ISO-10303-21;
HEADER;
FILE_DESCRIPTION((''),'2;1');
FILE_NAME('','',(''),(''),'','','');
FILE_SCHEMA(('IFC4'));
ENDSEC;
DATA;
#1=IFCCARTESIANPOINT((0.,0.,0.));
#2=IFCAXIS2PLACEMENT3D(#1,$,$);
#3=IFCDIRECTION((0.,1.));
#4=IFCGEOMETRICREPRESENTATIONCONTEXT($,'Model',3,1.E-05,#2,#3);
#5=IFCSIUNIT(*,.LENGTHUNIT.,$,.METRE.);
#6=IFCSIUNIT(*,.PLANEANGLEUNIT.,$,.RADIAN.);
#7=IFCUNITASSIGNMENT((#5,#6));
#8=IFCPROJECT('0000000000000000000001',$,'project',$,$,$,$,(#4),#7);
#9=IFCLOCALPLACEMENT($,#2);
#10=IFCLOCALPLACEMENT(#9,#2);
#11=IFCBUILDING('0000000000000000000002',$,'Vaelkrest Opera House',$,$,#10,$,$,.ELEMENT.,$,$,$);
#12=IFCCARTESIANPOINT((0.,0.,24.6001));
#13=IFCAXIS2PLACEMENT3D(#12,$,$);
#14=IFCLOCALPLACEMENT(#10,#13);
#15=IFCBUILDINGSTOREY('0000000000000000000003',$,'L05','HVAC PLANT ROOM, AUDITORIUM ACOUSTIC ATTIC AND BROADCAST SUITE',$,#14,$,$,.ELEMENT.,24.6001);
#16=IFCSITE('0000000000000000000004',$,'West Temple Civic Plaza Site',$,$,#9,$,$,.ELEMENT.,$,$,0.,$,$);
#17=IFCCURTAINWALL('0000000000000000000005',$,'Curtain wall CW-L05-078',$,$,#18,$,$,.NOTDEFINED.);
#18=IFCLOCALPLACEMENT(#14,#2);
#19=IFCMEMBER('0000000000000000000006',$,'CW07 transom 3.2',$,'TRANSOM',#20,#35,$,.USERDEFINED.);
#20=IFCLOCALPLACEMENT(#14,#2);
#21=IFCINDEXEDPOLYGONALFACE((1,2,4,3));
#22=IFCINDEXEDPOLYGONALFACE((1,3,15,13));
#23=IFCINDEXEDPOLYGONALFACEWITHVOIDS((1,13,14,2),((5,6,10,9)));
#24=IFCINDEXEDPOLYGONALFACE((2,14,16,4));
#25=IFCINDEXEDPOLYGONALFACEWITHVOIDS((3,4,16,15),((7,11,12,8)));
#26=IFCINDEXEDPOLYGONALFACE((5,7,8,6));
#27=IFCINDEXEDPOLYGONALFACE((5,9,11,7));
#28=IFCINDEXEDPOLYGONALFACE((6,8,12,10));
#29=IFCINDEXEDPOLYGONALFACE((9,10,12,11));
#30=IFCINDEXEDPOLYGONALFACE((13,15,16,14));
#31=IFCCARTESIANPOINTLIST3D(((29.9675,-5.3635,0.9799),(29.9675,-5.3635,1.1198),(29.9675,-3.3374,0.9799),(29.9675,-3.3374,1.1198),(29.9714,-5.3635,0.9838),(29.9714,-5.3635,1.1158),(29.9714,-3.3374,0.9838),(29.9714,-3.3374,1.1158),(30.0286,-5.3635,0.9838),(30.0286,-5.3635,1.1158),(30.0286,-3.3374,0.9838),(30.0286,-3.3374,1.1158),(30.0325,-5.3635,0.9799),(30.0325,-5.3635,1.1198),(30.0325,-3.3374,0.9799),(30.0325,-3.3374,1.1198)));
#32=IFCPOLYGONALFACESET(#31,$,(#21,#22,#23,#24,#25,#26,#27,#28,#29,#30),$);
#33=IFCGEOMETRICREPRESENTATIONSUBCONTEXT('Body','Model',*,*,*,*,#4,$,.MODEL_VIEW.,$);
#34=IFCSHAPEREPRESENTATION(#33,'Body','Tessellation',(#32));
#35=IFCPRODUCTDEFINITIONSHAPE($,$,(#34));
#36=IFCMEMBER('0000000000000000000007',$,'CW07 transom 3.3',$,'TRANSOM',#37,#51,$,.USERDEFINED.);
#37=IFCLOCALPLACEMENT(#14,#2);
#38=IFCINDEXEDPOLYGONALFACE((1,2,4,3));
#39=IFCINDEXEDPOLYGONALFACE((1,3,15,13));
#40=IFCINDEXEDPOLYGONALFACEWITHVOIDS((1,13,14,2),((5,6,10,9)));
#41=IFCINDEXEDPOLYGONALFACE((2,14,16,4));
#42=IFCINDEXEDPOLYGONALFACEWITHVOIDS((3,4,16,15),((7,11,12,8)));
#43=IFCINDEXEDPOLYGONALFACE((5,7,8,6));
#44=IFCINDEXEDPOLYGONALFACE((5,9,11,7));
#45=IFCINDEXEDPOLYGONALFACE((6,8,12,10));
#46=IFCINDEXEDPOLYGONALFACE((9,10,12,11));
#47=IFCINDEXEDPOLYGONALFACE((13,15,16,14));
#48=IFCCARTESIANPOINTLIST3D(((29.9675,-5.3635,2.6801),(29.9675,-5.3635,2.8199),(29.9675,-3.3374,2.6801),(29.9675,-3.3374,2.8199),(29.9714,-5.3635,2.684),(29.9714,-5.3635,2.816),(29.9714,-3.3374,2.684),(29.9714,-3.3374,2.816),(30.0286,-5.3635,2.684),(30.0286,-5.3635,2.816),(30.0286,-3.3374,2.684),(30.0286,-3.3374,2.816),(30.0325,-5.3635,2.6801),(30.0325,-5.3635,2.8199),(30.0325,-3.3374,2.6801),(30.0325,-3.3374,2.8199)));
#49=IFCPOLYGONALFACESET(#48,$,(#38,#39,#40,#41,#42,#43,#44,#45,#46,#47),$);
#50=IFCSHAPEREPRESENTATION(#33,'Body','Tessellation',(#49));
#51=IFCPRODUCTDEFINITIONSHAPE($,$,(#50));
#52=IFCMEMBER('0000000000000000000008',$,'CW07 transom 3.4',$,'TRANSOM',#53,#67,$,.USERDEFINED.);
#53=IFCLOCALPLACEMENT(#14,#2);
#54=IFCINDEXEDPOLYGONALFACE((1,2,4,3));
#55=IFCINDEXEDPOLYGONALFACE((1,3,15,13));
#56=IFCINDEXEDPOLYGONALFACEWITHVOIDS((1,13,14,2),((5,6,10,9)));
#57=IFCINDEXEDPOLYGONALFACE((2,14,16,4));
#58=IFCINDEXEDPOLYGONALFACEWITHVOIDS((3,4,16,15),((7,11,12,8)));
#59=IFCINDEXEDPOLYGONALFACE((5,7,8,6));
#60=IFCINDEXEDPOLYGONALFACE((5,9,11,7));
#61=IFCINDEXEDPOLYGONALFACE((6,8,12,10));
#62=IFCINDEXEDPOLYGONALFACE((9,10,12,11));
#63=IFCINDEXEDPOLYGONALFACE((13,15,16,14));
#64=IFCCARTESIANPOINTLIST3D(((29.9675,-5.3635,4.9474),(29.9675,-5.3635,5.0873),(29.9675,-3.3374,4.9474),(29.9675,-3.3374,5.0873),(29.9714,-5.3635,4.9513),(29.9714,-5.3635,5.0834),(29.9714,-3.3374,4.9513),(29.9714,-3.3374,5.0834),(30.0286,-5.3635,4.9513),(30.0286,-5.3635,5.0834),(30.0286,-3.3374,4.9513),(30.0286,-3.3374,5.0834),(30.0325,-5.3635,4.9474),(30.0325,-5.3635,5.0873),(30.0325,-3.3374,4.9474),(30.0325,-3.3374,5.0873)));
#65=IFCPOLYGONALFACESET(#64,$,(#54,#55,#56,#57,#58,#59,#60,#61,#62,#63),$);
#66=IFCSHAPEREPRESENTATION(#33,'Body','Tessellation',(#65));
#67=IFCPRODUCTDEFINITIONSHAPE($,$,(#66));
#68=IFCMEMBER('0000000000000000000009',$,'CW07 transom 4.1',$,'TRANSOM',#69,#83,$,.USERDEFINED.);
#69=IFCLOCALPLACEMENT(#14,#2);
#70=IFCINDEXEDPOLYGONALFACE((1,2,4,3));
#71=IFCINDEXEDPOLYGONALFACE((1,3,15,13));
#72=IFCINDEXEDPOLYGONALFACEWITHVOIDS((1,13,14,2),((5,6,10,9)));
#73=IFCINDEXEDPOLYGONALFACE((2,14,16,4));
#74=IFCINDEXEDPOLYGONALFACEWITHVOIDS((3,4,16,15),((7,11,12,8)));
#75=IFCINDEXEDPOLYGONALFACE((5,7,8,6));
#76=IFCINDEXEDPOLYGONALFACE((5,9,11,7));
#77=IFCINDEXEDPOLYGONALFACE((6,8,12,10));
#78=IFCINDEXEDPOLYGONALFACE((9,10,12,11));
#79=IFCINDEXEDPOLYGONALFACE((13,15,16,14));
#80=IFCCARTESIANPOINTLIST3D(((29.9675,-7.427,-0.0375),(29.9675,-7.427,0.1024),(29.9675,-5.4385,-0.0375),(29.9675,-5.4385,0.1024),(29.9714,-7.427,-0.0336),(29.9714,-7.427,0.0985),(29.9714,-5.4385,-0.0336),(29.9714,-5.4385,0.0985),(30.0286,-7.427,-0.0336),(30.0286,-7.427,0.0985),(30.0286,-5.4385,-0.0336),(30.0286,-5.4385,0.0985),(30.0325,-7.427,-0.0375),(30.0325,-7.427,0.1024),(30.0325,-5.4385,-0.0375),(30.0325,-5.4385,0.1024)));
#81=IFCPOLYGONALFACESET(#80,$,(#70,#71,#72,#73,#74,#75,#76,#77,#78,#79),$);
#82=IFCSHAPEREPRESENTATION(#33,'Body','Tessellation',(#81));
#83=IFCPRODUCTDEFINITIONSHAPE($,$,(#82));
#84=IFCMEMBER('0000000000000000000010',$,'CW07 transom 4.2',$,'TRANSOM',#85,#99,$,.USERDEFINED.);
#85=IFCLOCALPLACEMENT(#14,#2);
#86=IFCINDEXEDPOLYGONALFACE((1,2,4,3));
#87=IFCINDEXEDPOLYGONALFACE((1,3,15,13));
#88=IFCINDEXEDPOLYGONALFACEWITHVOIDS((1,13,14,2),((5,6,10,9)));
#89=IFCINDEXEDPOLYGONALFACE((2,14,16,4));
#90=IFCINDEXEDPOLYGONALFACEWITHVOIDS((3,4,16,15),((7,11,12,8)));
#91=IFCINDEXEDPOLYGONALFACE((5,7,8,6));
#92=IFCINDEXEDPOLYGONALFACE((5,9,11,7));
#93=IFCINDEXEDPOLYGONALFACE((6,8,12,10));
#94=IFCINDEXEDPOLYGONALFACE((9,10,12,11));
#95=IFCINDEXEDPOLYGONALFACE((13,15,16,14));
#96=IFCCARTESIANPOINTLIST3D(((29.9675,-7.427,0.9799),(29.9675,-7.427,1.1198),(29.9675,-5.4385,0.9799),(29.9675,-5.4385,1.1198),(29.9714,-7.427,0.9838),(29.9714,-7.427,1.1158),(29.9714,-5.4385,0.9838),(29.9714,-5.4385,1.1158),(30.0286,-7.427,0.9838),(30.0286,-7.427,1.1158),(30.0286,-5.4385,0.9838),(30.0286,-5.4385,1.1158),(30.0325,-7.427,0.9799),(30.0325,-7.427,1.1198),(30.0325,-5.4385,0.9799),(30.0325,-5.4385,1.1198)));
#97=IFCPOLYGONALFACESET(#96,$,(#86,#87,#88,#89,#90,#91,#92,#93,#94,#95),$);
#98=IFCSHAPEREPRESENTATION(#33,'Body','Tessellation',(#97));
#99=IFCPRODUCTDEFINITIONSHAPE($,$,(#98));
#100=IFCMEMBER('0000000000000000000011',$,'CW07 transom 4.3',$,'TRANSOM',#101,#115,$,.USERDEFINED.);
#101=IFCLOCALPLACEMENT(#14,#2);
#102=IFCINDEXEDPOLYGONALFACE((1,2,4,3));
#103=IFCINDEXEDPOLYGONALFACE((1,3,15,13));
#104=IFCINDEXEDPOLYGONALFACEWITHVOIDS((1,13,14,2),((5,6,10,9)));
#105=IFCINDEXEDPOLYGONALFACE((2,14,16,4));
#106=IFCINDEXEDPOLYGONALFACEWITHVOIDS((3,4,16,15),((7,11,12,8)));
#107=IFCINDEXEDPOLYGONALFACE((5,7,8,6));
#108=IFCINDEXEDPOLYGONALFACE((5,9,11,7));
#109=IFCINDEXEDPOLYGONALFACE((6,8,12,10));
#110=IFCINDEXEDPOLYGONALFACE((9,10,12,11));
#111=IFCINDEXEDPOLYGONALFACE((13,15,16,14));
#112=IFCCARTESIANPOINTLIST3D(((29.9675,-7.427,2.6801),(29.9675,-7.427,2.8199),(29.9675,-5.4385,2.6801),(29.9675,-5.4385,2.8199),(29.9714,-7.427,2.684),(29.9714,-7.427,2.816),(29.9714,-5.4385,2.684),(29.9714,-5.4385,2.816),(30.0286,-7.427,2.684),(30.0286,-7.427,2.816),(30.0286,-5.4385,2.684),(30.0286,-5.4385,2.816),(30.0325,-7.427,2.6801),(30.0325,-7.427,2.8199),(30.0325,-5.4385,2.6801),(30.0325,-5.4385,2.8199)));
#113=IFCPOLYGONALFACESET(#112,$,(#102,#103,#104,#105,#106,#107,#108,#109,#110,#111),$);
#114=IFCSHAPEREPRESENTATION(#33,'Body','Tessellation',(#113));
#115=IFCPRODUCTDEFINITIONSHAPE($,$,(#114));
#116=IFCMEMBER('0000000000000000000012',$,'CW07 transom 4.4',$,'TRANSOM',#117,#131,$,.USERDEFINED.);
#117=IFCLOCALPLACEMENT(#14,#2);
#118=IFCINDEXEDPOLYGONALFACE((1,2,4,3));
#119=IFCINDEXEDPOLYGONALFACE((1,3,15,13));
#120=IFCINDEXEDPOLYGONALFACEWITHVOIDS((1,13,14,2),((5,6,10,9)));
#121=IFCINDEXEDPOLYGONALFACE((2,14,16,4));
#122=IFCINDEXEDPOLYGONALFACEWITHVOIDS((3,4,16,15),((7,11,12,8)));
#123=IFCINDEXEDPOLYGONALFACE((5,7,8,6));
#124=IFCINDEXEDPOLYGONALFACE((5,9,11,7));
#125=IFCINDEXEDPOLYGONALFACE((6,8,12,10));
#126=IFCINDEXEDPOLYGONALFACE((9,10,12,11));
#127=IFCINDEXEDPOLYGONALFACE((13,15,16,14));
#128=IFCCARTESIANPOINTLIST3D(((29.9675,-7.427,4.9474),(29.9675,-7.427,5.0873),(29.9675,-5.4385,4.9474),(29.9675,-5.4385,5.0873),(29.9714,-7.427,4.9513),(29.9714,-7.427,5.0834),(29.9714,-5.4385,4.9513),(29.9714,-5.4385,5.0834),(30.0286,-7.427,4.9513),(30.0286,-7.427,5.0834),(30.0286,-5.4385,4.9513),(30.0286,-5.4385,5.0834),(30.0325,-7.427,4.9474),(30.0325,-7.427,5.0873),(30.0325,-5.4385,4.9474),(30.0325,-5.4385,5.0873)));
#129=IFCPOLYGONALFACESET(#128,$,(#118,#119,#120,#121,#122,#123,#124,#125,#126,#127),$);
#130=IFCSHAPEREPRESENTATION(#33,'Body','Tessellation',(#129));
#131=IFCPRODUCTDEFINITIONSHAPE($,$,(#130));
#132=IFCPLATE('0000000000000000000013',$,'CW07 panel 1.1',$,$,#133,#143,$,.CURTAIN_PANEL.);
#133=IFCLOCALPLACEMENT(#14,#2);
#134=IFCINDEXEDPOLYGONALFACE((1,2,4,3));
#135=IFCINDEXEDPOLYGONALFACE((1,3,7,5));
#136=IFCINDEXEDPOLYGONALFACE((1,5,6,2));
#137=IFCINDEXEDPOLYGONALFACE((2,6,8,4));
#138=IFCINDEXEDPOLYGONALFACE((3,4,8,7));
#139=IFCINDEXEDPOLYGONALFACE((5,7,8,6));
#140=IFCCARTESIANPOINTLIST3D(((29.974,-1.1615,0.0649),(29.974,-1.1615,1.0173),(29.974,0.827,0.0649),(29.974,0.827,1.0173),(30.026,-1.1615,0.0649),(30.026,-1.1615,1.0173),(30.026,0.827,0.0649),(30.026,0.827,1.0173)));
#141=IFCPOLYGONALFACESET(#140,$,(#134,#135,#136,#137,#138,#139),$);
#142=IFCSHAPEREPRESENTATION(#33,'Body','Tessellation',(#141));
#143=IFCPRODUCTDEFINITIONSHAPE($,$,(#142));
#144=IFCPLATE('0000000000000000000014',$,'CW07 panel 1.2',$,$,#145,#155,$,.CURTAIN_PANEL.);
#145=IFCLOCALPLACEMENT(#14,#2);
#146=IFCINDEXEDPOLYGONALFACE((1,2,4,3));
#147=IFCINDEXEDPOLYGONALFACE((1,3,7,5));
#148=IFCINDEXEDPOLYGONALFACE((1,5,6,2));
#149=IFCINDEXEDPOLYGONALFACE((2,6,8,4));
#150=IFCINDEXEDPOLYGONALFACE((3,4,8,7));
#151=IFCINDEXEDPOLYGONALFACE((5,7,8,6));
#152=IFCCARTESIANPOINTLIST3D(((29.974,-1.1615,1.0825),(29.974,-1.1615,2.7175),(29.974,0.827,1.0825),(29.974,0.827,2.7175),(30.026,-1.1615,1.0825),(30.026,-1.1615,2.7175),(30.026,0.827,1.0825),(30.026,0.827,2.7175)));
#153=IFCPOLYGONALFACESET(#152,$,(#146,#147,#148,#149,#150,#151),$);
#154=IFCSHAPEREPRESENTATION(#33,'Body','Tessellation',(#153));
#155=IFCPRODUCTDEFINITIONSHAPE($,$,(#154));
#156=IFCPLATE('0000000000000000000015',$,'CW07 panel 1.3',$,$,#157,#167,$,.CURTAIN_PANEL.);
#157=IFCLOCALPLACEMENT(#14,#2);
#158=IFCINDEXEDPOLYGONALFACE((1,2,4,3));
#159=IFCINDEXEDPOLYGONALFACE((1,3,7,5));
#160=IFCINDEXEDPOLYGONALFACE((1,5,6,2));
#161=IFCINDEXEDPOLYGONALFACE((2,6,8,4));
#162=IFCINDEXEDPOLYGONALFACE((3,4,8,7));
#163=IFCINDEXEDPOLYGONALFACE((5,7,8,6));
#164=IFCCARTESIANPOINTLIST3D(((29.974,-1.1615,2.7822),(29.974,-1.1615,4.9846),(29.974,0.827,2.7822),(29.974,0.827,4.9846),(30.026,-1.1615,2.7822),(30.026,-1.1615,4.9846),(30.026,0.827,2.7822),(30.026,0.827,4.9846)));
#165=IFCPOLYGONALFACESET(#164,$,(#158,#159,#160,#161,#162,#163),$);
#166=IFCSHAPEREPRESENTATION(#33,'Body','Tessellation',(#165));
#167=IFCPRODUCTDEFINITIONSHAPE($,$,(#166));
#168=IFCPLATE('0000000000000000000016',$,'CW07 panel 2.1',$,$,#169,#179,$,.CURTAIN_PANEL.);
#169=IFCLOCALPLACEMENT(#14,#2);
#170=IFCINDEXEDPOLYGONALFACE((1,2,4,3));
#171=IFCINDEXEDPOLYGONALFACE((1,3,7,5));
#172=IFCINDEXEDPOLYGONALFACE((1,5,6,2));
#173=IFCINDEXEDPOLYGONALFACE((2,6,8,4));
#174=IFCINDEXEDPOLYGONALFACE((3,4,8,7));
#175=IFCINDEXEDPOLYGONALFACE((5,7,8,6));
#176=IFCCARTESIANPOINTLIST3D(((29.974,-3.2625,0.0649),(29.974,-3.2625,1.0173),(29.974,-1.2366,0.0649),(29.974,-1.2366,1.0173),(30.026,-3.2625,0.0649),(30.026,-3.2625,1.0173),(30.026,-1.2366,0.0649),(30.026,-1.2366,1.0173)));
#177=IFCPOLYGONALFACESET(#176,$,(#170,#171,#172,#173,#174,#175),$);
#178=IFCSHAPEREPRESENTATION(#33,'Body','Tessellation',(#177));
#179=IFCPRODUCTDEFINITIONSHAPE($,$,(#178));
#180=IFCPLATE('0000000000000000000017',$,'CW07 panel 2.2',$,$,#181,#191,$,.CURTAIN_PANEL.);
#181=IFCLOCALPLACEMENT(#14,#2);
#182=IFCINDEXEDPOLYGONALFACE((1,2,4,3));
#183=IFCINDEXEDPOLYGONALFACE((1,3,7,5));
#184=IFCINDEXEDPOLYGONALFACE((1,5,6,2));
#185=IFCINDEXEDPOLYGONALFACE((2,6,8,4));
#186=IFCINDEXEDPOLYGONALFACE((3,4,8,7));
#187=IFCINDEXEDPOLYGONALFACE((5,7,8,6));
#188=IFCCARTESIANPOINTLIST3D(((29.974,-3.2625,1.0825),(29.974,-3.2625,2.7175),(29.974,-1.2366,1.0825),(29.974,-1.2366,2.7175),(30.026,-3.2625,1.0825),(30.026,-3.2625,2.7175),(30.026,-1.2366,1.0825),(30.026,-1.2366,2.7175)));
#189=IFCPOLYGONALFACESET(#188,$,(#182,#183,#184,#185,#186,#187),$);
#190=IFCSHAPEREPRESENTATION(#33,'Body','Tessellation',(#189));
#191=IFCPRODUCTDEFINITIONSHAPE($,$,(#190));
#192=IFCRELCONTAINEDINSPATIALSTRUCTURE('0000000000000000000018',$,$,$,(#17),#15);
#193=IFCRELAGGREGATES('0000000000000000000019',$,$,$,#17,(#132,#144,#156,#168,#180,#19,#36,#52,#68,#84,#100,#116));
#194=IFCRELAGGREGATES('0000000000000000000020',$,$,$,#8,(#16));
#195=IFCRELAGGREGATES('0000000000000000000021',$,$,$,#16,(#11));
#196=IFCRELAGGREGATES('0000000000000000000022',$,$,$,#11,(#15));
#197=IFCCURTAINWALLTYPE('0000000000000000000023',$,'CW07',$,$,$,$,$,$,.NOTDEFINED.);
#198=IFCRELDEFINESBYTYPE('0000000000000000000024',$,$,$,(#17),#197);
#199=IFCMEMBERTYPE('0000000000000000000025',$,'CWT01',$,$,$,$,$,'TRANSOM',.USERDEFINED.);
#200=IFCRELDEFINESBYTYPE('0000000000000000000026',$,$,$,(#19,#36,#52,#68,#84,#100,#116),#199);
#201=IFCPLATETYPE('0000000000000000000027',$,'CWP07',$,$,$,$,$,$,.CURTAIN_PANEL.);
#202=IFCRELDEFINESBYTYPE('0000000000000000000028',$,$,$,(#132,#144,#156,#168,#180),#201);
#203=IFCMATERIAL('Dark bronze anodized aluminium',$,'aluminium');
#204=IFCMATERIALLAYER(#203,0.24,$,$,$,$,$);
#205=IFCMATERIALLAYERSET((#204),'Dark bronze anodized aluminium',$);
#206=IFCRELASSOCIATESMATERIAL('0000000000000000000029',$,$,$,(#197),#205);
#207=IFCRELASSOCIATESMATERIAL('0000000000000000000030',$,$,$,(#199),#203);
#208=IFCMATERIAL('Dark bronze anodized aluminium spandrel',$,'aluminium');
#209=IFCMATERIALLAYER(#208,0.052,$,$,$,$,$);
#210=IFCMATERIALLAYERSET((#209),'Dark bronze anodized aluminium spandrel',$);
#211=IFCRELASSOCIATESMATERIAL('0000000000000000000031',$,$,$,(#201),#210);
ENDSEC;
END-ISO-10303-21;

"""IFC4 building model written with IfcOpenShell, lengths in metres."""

from ifc_helpers import new_model, si_unit, direction, frame, origin, origin_2d, place, context, subcontext, project, spatial, rectangle, hollow_rectangle, extrude, material, layer, layer_set, material_profile, profile_set, type_object, element, aggregate, save


model = new_model("IFC4")

# Units and contexts
model_context = context("Model", 3, precision=1e-05, world=origin(), true_north=direction((0.0, 1.0)))
body_context = subcontext(model_context, "Body", "Model", "MODEL_VIEW")
ifc_project = project(units=[si_unit("LENGTHUNIT", "METRE"), si_unit("PLANEANGLEUNIT", "RADIAN")], contexts=[model_context])

# Site, building, storey
site_placement = place(None, origin())
site = spatial("IfcSite", under=ifc_project, at=site_placement, Name="West Temple Civic Plaza Site", CompositionType="ELEMENT", RefElevation=0.0)
building_placement = place(site_placement, origin())
building = spatial("IfcBuilding", under=site, at=building_placement, Name="Vaelkrest Opera House", CompositionType="ELEMENT")
storey_placement = place(building_placement, frame((0.0, 0.0, 24.6001)))
storey = spatial("IfcBuildingStorey", under=building, at=storey_placement, Name="L05", Description="HVAC PLANT ROOM, AUDITORIUM ACOUSTIC ATTIC AND BROADCAST SUITE", CompositionType="ELEMENT", Elevation=24.6001)

# Curtain wall, members, plates
ifc_material_1 = material(Name="Dark bronze anodized aluminium", Category="aluminium")
ifc_layer_1 = layer(ifc_material_1, 0.24)
ifc_layer_set_1 = layer_set([ifc_layer_1], Name="Dark bronze anodized aluminium")
curtain_wall_type = type_object("IfcCurtainWallType", Name="CW07", PredefinedType="NOTDEFINED", material=ifc_layer_set_1)
curtain_wall_placement = place(storey_placement, origin())
curtain_wall = element("IfcCurtainWall", 1, at=curtain_wall_placement, inside=storey, type_object=curtain_wall_type, Name="Curtain wall CW-L05-078", PredefinedType="NOTDEFINED")
ifc_material_profile_1 = material_profile(ifc_material_1, hollow_rectangle(XDim=0.0649, YDim=0.1399, WallThickness=0.0039, at=origin_2d()), Name="CWT65X140")
ifc_profile_set_1 = profile_set([ifc_material_profile_1], Name="Dark bronze anodized aluminium")
member_type_1 = type_object("IfcMemberType", Name="CWT01", ElementType="TRANSOM", PredefinedType="USERDEFINED", material=ifc_profile_set_1)
member_1_placement = place(storey_placement, frame((30.0, -3.3374, 1.0498), z_axis=(0.0, -1.0, 0.0), x_axis=(1.0, 0.0, 0.0)))
member_1 = element("IfcMember", 2, at=member_1_placement, type_object=member_type_1, Name="CW07 transom 3.2", ObjectType="TRANSOM", PredefinedType="USERDEFINED", context=body_context, shape_type="SweptSolid", body=[
    extrude(hollow_rectangle(XDim=0.0649, YDim=0.1399, WallThickness=0.0039, at=origin_2d()), origin(), (0.0, 0.0, 1.0), 2.0261),
])
member_2_placement = place(storey_placement, frame((30.0, -3.3374, 2.75), z_axis=(0.0, -1.0, 0.0), x_axis=(1.0, 0.0, 0.0)))
member_2 = element("IfcMember", 3, at=member_2_placement, type_object=member_type_1, Name="CW07 transom 3.3", ObjectType="TRANSOM", PredefinedType="USERDEFINED", context=body_context, shape_type="SweptSolid", body=[
    extrude(hollow_rectangle(XDim=0.0649, YDim=0.1399, WallThickness=0.0039, at=origin_2d()), origin(), (0.0, 0.0, 1.0), 2.0261),
])
member_3_placement = place(storey_placement, frame((30.0, -3.3374, 5.0173), z_axis=(0.0, -1.0, 0.0), x_axis=(1.0, 0.0, 0.0)))
member_3 = element("IfcMember", 4, at=member_3_placement, type_object=member_type_1, Name="CW07 transom 3.4", ObjectType="TRANSOM", PredefinedType="USERDEFINED", context=body_context, shape_type="SweptSolid", body=[
    extrude(hollow_rectangle(XDim=0.0649, YDim=0.1399, WallThickness=0.0039, at=origin_2d()), origin(), (0.0, 0.0, 1.0), 2.0261),
])
member_4_placement = place(storey_placement, frame((30.0, -5.4385, 0.0325), z_axis=(0.0, -1.0, 0.0), x_axis=(1.0, 0.0, 0.0)))
member_4 = element("IfcMember", 5, at=member_4_placement, type_object=member_type_1, Name="CW07 transom 4.1", ObjectType="TRANSOM", PredefinedType="USERDEFINED", context=body_context, shape_type="SweptSolid", body=[
    extrude(hollow_rectangle(XDim=0.0649, YDim=0.1399, WallThickness=0.0039, at=origin_2d()), origin(), (0.0, 0.0, 1.0), 1.9885),
])
member_5_placement = place(storey_placement, frame((30.0, -5.4385, 1.0498), z_axis=(0.0, -1.0, 0.0), x_axis=(1.0, 0.0, 0.0)))
member_5 = element("IfcMember", 6, at=member_5_placement, type_object=member_type_1, Name="CW07 transom 4.2", ObjectType="TRANSOM", PredefinedType="USERDEFINED", context=body_context, shape_type="SweptSolid", body=[
    extrude(hollow_rectangle(XDim=0.0649, YDim=0.1399, WallThickness=0.0039, at=origin_2d()), origin(), (0.0, 0.0, 1.0), 1.9885),
])
member_6_placement = place(storey_placement, frame((30.0, -5.4385, 2.75), z_axis=(0.0, -1.0, 0.0), x_axis=(1.0, 0.0, 0.0)))
member_6 = element("IfcMember", 7, at=member_6_placement, type_object=member_type_1, Name="CW07 transom 4.3", ObjectType="TRANSOM", PredefinedType="USERDEFINED", context=body_context, shape_type="SweptSolid", body=[
    extrude(hollow_rectangle(XDim=0.0649, YDim=0.1399, WallThickness=0.0039, at=origin_2d()), origin(), (0.0, 0.0, 1.0), 1.9885),
])
member_7_placement = place(storey_placement, frame((30.0, -5.4385, 5.0173), z_axis=(0.0, -1.0, 0.0), x_axis=(1.0, 0.0, 0.0)))
member_7 = element("IfcMember", 8, at=member_7_placement, type_object=member_type_1, Name="CW07 transom 4.4", ObjectType="TRANSOM", PredefinedType="USERDEFINED", context=body_context, shape_type="SweptSolid", body=[
    extrude(hollow_rectangle(XDim=0.0649, YDim=0.1399, WallThickness=0.0039, at=origin_2d()), origin(), (0.0, 0.0, 1.0), 1.9885),
])
ifc_material_2 = material(Name="Dark bronze anodized aluminium spandrel", Category="aluminium")
ifc_layer_2 = layer(ifc_material_2, 0.052)
ifc_layer_set_2 = layer_set([ifc_layer_2], Name="Dark bronze anodized aluminium spandrel")
plate_type = type_object("IfcPlateType", Name="CWP07", PredefinedType="CURTAIN_PANEL", material=ifc_layer_set_2)
plate_1_placement = place(storey_placement, frame((30.0, -0.1672, 0.0649), z_axis=(0.0, 0.0, 1.0), x_axis=(0.0, -1.0, 0.0)))
plate_1 = element("IfcPlate", 9, at=plate_1_placement, type_object=plate_type, Name="CW07 panel 1.1", PredefinedType="CURTAIN_PANEL", context=body_context, shape_type="SweptSolid", body=[
    extrude(rectangle(XDim=1.9885, YDim=0.052, at=origin_2d()), origin(), (0.0, 0.0, 1.0), 0.9524),
])
plate_2_placement = place(storey_placement, frame((30.0, -0.1672, 1.0825), z_axis=(0.0, 0.0, 1.0), x_axis=(0.0, -1.0, 0.0)))
plate_2 = element("IfcPlate", 10, at=plate_2_placement, type_object=plate_type, Name="CW07 panel 1.2", PredefinedType="CURTAIN_PANEL", context=body_context, shape_type="SweptSolid", body=[
    extrude(rectangle(XDim=1.9885, YDim=0.052, at=origin_2d()), origin(), (0.0, 0.0, 1.0), 1.635),
])
plate_3_placement = place(storey_placement, frame((30.0, -0.1672, 2.7822), z_axis=(0.0, 0.0, 1.0), x_axis=(0.0, -1.0, 0.0)))
plate_3 = element("IfcPlate", 11, at=plate_3_placement, type_object=plate_type, Name="CW07 panel 1.3", PredefinedType="CURTAIN_PANEL", context=body_context, shape_type="SweptSolid", body=[
    extrude(rectangle(XDim=1.9885, YDim=0.052, at=origin_2d()), origin(), (0.0, 0.0, 1.0), 2.2024),
])
plate_4_placement = place(storey_placement, frame((30.0, -2.2495, 0.0649), z_axis=(0.0, 0.0, 1.0), x_axis=(0.0, -1.0, 0.0)))
plate_4 = element("IfcPlate", 12, at=plate_4_placement, type_object=plate_type, Name="CW07 panel 2.1", PredefinedType="CURTAIN_PANEL", context=body_context, shape_type="SweptSolid", body=[
    extrude(rectangle(XDim=2.0259, YDim=0.052, at=origin_2d()), origin(), (0.0, 0.0, 1.0), 0.9524),
])
plate_5_placement = place(storey_placement, frame((30.0, -2.2495, 1.0825), z_axis=(0.0, 0.0, 1.0), x_axis=(0.0, -1.0, 0.0)))
plate_5 = element("IfcPlate", 13, at=plate_5_placement, type_object=plate_type, Name="CW07 panel 2.2", PredefinedType="CURTAIN_PANEL", context=body_context, shape_type="SweptSolid", body=[
    extrude(rectangle(XDim=2.0259, YDim=0.052, at=origin_2d()), origin(), (0.0, 0.0, 1.0), 1.635),
])
aggregate(curtain_wall, [plate_1, plate_2, plate_3, plate_4, plate_5, member_1, member_2, member_3, member_4, member_5, member_6, member_7])

save(model, "model.ifc")
